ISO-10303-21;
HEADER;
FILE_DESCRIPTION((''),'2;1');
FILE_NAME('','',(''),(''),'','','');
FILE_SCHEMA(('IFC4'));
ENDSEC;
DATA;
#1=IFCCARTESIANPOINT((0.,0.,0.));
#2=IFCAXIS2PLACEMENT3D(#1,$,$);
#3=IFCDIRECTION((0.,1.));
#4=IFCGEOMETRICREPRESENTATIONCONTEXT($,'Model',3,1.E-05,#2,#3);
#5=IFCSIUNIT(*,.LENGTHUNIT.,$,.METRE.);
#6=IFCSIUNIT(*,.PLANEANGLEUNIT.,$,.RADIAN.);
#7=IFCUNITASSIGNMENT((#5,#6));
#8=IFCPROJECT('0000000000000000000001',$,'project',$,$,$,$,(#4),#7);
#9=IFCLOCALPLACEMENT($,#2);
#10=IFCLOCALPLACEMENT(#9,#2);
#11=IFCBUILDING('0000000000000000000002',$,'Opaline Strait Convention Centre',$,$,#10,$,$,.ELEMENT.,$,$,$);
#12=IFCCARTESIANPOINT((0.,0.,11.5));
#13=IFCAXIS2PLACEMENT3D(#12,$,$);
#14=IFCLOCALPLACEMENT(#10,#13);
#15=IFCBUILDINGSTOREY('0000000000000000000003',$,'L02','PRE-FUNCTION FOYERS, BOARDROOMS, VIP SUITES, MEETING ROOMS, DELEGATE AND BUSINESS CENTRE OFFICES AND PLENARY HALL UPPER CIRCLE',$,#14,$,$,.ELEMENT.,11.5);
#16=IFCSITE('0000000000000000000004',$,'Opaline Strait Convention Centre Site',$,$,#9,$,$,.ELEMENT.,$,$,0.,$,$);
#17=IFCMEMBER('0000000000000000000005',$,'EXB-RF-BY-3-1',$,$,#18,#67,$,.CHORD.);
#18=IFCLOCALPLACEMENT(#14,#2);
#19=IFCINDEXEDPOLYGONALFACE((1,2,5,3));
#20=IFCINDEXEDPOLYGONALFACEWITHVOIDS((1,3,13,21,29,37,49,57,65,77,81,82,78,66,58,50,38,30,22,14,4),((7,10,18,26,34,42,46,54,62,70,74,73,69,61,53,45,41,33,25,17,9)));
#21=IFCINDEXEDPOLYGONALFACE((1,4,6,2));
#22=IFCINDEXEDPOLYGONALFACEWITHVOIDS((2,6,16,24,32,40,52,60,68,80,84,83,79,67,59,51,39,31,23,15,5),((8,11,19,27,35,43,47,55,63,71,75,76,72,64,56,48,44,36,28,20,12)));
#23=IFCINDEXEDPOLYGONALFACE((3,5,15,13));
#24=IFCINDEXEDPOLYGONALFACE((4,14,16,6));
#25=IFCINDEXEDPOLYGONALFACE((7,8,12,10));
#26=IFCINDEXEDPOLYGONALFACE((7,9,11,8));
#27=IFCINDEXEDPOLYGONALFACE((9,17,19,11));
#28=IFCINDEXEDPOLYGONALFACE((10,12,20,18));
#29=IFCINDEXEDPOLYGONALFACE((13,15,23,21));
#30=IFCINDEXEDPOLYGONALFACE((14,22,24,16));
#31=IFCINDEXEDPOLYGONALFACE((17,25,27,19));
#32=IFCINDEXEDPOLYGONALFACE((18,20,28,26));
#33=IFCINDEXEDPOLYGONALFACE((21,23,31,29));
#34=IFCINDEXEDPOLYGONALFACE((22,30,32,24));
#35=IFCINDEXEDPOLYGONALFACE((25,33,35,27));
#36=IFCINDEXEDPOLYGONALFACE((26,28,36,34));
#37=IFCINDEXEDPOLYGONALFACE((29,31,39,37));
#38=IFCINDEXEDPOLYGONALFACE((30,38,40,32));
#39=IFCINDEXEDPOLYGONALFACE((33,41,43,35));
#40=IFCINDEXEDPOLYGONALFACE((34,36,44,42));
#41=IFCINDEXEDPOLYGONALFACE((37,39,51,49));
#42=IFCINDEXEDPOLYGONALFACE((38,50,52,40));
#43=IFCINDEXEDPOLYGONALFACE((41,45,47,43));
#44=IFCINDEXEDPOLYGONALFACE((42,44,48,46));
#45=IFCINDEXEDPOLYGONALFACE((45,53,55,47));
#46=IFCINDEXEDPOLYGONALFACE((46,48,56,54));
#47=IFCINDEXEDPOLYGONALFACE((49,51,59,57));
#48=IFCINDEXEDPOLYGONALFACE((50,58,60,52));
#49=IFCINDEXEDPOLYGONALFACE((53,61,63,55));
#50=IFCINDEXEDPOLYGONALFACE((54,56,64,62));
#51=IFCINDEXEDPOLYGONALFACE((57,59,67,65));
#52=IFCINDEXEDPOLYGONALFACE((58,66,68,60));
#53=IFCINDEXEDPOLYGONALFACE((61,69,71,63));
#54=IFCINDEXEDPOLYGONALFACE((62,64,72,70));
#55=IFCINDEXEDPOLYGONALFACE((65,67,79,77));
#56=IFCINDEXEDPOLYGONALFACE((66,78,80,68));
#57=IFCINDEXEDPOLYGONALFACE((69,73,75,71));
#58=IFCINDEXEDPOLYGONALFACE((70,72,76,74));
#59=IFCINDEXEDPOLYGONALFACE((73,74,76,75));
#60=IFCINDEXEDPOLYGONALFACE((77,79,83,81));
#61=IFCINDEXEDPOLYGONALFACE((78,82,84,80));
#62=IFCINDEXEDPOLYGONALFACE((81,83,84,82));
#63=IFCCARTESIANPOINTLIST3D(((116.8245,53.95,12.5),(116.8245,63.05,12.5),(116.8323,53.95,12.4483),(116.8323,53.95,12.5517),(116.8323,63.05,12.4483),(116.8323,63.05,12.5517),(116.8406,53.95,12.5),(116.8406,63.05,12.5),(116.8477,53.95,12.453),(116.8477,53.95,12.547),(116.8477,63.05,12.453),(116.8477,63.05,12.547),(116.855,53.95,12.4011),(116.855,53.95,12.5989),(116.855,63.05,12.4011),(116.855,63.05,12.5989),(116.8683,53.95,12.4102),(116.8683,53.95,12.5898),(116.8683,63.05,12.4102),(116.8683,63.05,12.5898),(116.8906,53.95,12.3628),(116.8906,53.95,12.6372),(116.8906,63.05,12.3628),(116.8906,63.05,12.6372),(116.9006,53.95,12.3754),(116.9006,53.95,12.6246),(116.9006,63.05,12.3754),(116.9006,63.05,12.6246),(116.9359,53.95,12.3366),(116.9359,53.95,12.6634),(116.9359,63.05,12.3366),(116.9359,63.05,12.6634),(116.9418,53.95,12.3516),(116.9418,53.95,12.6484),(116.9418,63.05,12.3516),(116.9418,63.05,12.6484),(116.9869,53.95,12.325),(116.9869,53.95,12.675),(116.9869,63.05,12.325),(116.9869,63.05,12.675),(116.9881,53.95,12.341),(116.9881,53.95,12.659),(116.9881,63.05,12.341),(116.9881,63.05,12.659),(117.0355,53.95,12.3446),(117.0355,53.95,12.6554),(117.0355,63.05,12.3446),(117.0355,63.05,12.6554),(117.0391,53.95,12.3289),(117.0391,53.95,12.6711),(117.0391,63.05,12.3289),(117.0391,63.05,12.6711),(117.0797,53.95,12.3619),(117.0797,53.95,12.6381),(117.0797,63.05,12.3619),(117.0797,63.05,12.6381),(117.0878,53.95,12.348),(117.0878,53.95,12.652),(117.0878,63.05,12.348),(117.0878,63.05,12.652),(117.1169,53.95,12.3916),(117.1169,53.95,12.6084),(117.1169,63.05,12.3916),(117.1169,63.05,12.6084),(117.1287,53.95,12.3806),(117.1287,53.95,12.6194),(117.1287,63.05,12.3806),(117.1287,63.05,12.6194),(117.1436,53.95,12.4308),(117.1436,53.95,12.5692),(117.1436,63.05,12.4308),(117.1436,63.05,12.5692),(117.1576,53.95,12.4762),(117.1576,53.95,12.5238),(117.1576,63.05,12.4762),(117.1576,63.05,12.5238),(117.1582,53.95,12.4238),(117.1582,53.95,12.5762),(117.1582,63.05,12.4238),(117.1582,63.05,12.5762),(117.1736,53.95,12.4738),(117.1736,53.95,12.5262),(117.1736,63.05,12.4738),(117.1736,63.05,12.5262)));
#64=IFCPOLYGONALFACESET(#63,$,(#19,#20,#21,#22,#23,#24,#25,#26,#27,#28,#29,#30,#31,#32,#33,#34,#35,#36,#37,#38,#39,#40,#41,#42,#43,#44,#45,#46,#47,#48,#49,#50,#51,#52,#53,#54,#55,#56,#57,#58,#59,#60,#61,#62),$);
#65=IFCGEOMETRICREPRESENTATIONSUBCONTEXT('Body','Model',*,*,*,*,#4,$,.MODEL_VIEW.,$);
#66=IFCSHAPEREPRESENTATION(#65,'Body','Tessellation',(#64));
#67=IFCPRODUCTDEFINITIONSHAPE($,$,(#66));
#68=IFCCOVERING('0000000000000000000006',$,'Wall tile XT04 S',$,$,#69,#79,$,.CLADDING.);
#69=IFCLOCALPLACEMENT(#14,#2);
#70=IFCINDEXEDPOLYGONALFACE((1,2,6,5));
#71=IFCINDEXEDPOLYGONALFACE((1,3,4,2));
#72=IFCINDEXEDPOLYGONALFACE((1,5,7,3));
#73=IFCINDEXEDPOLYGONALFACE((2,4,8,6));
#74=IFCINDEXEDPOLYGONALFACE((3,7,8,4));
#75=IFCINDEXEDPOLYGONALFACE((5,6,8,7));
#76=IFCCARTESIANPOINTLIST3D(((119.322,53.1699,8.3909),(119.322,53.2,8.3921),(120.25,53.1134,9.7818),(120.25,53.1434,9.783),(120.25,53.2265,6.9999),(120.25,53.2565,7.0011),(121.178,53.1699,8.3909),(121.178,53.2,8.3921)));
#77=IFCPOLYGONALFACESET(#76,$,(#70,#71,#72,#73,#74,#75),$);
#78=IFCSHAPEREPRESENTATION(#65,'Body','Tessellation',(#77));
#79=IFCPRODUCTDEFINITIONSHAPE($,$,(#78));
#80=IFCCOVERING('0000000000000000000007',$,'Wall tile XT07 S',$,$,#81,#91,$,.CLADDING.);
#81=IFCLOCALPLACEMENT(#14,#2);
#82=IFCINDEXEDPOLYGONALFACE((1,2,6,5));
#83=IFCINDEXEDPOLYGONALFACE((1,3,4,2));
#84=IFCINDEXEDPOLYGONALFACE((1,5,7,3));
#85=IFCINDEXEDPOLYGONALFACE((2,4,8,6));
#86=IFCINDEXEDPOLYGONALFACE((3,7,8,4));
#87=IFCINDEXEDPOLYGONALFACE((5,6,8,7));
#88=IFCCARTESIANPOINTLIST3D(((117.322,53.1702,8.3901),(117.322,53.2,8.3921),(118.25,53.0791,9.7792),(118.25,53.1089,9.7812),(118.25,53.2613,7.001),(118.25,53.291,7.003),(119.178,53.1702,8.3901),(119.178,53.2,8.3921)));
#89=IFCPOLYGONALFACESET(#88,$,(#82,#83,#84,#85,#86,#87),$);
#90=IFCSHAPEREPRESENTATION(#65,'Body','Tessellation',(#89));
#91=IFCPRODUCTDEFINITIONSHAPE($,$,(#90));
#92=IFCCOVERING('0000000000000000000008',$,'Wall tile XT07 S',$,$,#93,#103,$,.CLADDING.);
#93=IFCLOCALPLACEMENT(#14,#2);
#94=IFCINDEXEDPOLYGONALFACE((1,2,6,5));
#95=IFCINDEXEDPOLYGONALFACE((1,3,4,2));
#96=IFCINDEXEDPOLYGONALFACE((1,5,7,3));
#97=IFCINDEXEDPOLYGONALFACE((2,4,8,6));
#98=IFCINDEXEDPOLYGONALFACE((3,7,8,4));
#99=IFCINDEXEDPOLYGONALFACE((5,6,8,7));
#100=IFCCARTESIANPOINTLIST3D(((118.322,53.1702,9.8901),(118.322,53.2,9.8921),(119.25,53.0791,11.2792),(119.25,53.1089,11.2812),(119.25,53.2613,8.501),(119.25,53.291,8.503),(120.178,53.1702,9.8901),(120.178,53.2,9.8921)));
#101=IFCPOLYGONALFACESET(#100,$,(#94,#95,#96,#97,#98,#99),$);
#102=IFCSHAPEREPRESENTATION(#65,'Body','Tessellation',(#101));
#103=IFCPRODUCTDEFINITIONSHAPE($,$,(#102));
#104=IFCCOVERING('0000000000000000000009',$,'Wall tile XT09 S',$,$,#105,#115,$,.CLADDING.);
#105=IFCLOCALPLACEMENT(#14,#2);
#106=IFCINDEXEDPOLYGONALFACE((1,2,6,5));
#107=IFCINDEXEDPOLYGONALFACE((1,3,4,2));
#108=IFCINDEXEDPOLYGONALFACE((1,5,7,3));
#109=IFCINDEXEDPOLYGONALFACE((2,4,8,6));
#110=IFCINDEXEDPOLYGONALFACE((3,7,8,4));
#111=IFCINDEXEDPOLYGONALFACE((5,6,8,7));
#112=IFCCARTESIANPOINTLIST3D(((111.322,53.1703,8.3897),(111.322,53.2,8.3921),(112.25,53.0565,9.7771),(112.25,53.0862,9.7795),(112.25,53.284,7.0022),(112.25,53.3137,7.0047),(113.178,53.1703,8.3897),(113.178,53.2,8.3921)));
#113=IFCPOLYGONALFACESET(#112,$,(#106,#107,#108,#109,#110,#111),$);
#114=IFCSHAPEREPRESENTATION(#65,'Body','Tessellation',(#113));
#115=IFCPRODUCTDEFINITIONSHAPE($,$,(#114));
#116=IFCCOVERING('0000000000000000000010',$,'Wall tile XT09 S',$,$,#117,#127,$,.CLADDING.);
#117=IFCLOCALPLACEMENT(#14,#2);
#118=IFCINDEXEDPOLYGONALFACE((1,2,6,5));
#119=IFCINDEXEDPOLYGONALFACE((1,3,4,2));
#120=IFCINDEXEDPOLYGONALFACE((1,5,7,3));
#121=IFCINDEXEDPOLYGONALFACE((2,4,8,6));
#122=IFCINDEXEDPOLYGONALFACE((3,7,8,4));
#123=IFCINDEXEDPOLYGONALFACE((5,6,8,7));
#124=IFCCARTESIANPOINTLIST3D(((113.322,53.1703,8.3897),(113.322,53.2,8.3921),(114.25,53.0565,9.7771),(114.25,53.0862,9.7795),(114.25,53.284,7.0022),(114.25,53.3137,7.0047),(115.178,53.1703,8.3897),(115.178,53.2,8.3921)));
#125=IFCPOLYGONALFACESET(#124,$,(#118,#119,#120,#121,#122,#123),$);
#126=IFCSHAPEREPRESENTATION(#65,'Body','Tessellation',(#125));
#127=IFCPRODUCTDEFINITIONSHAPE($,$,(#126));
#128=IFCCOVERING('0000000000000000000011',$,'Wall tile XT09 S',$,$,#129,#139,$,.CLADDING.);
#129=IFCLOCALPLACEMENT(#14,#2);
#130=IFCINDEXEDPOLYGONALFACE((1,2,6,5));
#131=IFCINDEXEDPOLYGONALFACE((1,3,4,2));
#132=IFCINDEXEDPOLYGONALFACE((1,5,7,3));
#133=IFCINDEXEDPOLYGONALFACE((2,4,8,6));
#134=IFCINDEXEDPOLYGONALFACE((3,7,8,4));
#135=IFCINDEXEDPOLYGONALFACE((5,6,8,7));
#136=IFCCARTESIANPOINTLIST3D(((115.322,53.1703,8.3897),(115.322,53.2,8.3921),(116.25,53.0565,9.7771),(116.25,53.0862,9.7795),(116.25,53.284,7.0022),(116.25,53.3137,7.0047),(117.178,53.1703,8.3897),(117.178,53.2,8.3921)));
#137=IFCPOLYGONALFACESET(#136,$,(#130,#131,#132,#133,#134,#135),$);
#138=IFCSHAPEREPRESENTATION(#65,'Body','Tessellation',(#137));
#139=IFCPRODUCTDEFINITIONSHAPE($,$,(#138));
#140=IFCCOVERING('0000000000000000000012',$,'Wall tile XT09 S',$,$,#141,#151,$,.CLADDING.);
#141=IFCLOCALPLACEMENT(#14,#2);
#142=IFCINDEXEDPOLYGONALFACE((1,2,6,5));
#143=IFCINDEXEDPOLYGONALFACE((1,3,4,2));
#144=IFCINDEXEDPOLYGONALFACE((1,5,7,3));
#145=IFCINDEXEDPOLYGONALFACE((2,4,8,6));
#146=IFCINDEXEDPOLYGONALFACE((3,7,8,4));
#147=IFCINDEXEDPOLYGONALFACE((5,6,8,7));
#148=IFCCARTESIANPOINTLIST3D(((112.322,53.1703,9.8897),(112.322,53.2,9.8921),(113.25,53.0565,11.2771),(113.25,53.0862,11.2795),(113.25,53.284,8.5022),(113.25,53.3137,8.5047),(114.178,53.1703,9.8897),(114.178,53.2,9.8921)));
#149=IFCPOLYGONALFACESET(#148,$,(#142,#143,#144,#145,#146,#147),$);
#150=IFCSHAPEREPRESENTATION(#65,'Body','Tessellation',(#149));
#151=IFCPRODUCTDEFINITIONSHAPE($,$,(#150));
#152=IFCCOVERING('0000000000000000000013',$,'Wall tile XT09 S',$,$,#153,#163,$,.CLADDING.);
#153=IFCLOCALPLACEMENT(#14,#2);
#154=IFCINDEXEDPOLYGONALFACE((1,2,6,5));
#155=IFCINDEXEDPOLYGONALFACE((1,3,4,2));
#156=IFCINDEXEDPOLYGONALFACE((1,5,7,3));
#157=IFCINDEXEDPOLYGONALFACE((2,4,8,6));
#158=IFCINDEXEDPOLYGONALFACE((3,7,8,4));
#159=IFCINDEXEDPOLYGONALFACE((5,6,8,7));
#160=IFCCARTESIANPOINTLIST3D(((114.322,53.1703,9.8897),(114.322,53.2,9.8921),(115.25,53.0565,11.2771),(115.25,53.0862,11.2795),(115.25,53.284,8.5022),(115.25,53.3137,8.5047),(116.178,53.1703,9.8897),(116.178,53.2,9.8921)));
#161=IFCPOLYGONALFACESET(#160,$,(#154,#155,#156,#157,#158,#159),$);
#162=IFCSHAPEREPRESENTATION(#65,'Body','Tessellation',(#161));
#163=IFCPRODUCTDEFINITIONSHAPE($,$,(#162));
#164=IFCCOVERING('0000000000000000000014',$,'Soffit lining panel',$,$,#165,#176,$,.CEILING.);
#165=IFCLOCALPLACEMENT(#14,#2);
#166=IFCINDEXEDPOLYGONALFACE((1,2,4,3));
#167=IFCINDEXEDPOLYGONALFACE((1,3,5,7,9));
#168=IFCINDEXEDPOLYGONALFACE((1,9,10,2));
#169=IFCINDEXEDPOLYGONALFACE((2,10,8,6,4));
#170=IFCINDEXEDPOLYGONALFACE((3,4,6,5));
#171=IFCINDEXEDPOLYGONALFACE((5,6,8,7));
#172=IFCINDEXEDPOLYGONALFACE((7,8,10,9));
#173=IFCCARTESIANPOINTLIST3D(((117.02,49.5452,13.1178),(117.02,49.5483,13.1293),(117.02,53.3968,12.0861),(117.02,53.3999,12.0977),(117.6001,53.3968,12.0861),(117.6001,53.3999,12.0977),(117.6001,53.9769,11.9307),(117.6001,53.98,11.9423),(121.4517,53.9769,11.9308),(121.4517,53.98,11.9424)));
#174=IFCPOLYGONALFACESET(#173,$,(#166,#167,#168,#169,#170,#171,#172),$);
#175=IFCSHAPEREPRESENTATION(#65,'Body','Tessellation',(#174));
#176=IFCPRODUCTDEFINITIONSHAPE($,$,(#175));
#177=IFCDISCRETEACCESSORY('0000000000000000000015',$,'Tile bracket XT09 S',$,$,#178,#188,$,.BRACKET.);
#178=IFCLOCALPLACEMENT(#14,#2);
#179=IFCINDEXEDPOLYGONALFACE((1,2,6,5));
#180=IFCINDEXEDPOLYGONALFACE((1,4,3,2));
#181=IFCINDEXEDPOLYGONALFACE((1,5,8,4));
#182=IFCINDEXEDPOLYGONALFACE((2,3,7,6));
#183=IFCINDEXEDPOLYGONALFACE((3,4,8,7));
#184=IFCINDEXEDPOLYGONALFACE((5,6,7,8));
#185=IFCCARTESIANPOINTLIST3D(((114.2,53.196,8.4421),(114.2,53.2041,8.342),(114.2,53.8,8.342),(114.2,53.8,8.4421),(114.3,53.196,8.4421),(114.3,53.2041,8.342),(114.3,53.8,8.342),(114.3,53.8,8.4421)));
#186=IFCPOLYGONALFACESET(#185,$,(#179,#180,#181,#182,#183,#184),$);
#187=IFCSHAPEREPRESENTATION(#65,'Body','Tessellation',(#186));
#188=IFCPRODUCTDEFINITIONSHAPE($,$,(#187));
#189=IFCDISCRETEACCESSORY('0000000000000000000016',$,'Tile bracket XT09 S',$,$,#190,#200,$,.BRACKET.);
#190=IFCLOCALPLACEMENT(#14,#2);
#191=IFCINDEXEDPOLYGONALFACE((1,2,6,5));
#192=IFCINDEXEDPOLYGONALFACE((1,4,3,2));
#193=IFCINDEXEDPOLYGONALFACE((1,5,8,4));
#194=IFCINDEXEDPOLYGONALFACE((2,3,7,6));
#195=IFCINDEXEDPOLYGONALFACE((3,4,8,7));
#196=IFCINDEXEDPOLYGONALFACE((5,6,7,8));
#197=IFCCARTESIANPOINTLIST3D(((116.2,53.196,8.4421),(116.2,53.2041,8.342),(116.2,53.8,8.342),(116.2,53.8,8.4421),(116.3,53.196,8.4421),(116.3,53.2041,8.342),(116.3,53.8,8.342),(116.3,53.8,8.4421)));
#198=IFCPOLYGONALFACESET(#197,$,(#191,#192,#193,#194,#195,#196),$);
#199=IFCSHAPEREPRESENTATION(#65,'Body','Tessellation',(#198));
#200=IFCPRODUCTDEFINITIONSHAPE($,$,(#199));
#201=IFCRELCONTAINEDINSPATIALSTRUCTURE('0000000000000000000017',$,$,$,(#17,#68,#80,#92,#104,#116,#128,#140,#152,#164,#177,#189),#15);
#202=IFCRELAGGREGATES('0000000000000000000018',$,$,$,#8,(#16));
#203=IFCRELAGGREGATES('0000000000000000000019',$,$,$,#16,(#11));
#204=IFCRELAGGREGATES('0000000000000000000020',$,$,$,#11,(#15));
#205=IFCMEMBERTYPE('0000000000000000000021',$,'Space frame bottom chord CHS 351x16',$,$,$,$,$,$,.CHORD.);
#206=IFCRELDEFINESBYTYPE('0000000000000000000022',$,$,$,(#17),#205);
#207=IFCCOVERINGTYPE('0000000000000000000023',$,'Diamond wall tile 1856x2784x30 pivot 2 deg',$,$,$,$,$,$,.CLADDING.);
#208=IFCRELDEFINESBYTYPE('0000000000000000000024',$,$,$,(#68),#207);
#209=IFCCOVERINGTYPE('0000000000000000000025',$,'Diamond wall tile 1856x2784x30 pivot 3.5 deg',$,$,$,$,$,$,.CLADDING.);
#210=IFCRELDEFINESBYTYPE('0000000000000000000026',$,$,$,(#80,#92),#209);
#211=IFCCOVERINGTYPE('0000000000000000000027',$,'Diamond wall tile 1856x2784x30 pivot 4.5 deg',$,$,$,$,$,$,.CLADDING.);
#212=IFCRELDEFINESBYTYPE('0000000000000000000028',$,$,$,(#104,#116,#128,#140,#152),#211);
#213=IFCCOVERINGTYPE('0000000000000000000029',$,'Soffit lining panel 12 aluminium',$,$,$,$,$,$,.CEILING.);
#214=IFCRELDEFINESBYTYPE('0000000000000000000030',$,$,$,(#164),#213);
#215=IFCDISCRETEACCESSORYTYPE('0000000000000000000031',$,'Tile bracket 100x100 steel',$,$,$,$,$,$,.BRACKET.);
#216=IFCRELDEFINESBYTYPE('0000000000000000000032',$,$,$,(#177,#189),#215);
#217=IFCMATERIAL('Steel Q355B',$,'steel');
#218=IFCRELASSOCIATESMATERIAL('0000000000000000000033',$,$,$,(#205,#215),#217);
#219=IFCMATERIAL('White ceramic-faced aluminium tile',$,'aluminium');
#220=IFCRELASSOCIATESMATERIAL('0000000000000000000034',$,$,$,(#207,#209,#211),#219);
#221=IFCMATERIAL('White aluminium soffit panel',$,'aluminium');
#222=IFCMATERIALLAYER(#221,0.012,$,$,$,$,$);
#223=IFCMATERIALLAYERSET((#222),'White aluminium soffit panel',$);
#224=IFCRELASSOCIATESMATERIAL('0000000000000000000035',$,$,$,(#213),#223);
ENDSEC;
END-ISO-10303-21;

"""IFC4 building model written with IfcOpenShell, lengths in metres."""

from ifc_helpers import new_model, si_unit, direction, frame, origin, origin_2d, place, context, subcontext, project, spatial, polyline, hollow_circle, outline, extrude, material, layer, layer_set, material_profile, profile_set, type_object, element, save


model = new_model("IFC4")

# Units and contexts
model_context = context("Model", 3, precision=1e-05, world=origin(), true_north=direction((0.0, 1.0)))
body_context = subcontext(model_context, "Body", "Model", "MODEL_VIEW")
ifc_project = project(units=[si_unit("LENGTHUNIT", "METRE"), si_unit("PLANEANGLEUNIT", "RADIAN")], contexts=[model_context])

# Site, building, storey
site_placement = place(None, origin())
site = spatial("IfcSite", under=ifc_project, at=site_placement, Name="Opaline Strait Convention Centre Site", CompositionType="ELEMENT", RefElevation=0.0)
building_placement = place(site_placement, origin())
building = spatial("IfcBuilding", under=site, at=building_placement, Name="Opaline Strait Convention Centre", CompositionType="ELEMENT")
storey_placement = place(building_placement, frame((0.0, 0.0, 11.5)))
storey = spatial("IfcBuildingStorey", under=building, at=storey_placement, Name="L02", Description="PRE-FUNCTION FOYERS, BOARDROOMS, VIP SUITES, MEETING ROOMS, DELEGATE AND BUSINESS CENTRE OFFICES AND PLENARY HALL UPPER CIRCLE", CompositionType="ELEMENT", Elevation=11.5)

# Member
ifc_material_1 = material(Name="Steel Q355B", Category="steel")
ifc_material_profile_1 = material_profile(ifc_material_1, hollow_circle(Radius=0.1755, WallThickness=0.0161, at=origin_2d()), Name="CHS 351x16")
ifc_profile_set_1 = profile_set([ifc_material_profile_1], Name="Steel Q355B")
member_type_1 = type_object("IfcMemberType", Name="Space frame bottom chord CHS 351x16", PredefinedType="CHORD", material=ifc_profile_set_1)
for number, where, z_axis, x_axis, name in (
    (1, (117.0, 53.95, 12.5), (0.0, 1.0, 0.0), (-1.0, 0.0, 0.0), "EXB-RF-BY-3-1"),
):
    element("IfcMember", number, at=place(storey_placement, frame(where, z_axis=z_axis, x_axis=x_axis)), inside=storey, type_object=member_type_1, Name=name, PredefinedType="CHORD", context=body_context, shape_type="SweptSolid", body=[
        extrude(hollow_circle(Radius=0.1755, WallThickness=0.0161, at=origin_2d()), origin(), (0.0, 0.0, 1.0), 9.1001),
    ])

# Coverings
ifc_material_2 = material(Name="White ceramic-faced aluminium tile", Category="aluminium")
ifc_material_profile_2 = material_profile(ifc_material_2, outline(polyline([(0.928, 0.0), (0.0, 1.3921), (-0.928, 0.0), (0.0, -1.3921), (0.928, 0.0)])), Name="Diamond tile 1856x2784")
ifc_profile_set_2 = profile_set([ifc_material_profile_2], Name="White ceramic-faced aluminium tile")
covering_type_1 = type_object("IfcCoveringType", Name="Diamond wall tile 1856x2784x30 pivot 2 deg", PredefinedType="CLADDING", material=ifc_profile_set_2)
covering_1_placement = place(storey_placement, frame((120.25, 53.2, 8.3921), z_axis=(0.0, -0.999175, -0.040617), x_axis=(1.0, 0.0, 0.0)))
element("IfcCovering", 2, at=covering_1_placement, inside=storey, type_object=covering_type_1, Name="Wall tile XT04 S", PredefinedType="CLADDING", context=body_context, shape_type="SweptSolid", body=[
    extrude(outline(polyline([(0.928, 0.0), (0.0, 1.3921), (-0.928, 0.0), (0.0, -1.3921), (0.928, 0.0)])), origin(), (0.0, 0.0, 1.0), 0.03),
])
ifc_material_profile_3 = material_profile(ifc_material_2, outline(polyline([(0.928, 0.0), (0.0, 1.3921), (-0.928, 0.0), (0.0, -1.3921), (0.928, 0.0)])), Name="Diamond tile 1856x2784")
ifc_profile_set_3 = profile_set([ifc_material_profile_3], Name="White ceramic-faced aluminium tile")
covering_type_2 = type_object("IfcCoveringType", Name="Diamond wall tile 1856x2784x30 pivot 3.5 deg", PredefinedType="CLADDING", material=ifc_profile_set_3)
for number, where, z_axis, x_axis, name in (
    (3, (118.25, 53.2, 8.3921), (0.0, -0.997857, -0.065433), (1.0, 0.0, 0.0), "Wall tile XT07 S"),
    (4, (119.25, 53.2, 9.8921), (0.0, -0.997857, -0.065433), (1.0, 0.0, 0.0), "Wall tile XT07 S"),
):
    element("IfcCovering", number, at=place(storey_placement, frame(where, z_axis=z_axis, x_axis=x_axis)), inside=storey, type_object=covering_type_2, Name=name, PredefinedType="CLADDING", context=body_context, shape_type="SweptSolid", body=[
        extrude(outline(polyline([(0.928, 0.0), (0.0, 1.3921), (-0.928, 0.0), (0.0, -1.3921), (0.928, 0.0)])), origin(), (0.0, 0.0, 1.0), 0.0298),
    ])
ifc_material_profile_4 = material_profile(ifc_material_2, outline(polyline([(0.928, 0.0), (0.0, 1.3921), (-0.928, 0.0), (0.0, -1.3921), (0.928, 0.0)])), Name="Diamond tile 1856x2784")
ifc_profile_set_4 = profile_set([ifc_material_profile_4], Name="White ceramic-faced aluminium tile")
covering_type_3 = type_object("IfcCoveringType", Name="Diamond wall tile 1856x2784x30 pivot 4.5 deg", PredefinedType="CLADDING", material=ifc_profile_set_4)
for number, where, z_axis, x_axis, name in (
    (5, (112.25, 53.2, 8.3921), (0.0, -0.996658, -0.081693), (1.0, 0.0, 0.0), "Wall tile XT09 S"),
    (6, (114.25, 53.2, 8.3921), (0.0, -0.996658, -0.081693), (1.0, 0.0, 0.0), "Wall tile XT09 S"),
    (7, (116.25, 53.2, 8.3921), (0.0, -0.996658, -0.081693), (1.0, 0.0, 0.0), "Wall tile XT09 S"),
    (8, (113.25, 53.2, 9.8921), (0.0, -0.996658, -0.081693), (1.0, 0.0, 0.0), "Wall tile XT09 S"),
    (9, (115.25, 53.2, 9.8921), (0.0, -0.996658, -0.081693), (1.0, 0.0, 0.0), "Wall tile XT09 S"),
):
    element("IfcCovering", number, at=place(storey_placement, frame(where, z_axis=z_axis, x_axis=x_axis)), inside=storey, type_object=covering_type_3, Name=name, PredefinedType="CLADDING", context=body_context, shape_type="SweptSolid", body=[
        extrude(outline(polyline([(0.928, 0.0), (0.0, 1.3921), (-0.928, 0.0), (0.0, -1.3921), (0.928, 0.0)])), origin(), (0.0, 0.0, 1.0), 0.0298),
    ])
ifc_material_3 = material(Name="White aluminium soffit panel", Category="aluminium")
ifc_layer = layer(ifc_material_3, 0.012)
ifc_layer_set = layer_set([ifc_layer], Name="White aluminium soffit panel")
covering_type_4 = type_object("IfcCoveringType", Name="Soffit lining panel 12 aluminium", PredefinedType="CEILING", material=ifc_layer_set)
covering_2_placement = place(storey_placement, frame((117.02, 53.3999, 12.0977), z_axis=(-0.000023, 0.258735, 0.965948), x_axis=(1.0, 0.000006, 0.000022)))
element("IfcCovering", 10, at=covering_2_placement, inside=storey, type_object=covering_type_4, Name="Soffit lining panel", PredefinedType="CEILING", context=body_context, shape_type="SweptSolid", body=[
    extrude(outline(polyline([(0.0, 0.0), (0.5801, 0.0), (0.5801, 0.6005), (4.4316, 0.6005), (0.0, -3.9874), (0.0, 0.0)])), origin(), (0.0, 0.0, -1.0), 0.012),
])

# Discrete accessories
discrete_accessory_type = type_object("IfcDiscreteAccessoryType", Name="Tile bracket 100x100 steel", PredefinedType="BRACKET", material=ifc_material_1)
for number, where, z_axis, x_axis, name in (
    (11, (114.2, 53.8, 8.3921), (1.0, 0.0, 0.0), (0.0, 1.0, 0.0), "Tile bracket XT09 S"),
    (12, (116.2, 53.8, 8.3921), (1.0, 0.0, 0.0), (0.0, 1.0, 0.0), "Tile bracket XT09 S"),
):
    element("IfcDiscreteAccessory", number, at=place(storey_placement, frame(where, z_axis=z_axis, x_axis=x_axis)), inside=storey, type_object=discrete_accessory_type, Name=name, PredefinedType="BRACKET", context=body_context, shape_type="SweptSolid", body=[
        extrude(outline(polyline([(0.0, -0.05), (0.0, 0.05), (-0.604, 0.05), (-0.5959, -0.05), (0.0, -0.05)])), origin(), (0.0, 0.0, 1.0), 0.1001),
    ])

save(model, "model.ifc")
